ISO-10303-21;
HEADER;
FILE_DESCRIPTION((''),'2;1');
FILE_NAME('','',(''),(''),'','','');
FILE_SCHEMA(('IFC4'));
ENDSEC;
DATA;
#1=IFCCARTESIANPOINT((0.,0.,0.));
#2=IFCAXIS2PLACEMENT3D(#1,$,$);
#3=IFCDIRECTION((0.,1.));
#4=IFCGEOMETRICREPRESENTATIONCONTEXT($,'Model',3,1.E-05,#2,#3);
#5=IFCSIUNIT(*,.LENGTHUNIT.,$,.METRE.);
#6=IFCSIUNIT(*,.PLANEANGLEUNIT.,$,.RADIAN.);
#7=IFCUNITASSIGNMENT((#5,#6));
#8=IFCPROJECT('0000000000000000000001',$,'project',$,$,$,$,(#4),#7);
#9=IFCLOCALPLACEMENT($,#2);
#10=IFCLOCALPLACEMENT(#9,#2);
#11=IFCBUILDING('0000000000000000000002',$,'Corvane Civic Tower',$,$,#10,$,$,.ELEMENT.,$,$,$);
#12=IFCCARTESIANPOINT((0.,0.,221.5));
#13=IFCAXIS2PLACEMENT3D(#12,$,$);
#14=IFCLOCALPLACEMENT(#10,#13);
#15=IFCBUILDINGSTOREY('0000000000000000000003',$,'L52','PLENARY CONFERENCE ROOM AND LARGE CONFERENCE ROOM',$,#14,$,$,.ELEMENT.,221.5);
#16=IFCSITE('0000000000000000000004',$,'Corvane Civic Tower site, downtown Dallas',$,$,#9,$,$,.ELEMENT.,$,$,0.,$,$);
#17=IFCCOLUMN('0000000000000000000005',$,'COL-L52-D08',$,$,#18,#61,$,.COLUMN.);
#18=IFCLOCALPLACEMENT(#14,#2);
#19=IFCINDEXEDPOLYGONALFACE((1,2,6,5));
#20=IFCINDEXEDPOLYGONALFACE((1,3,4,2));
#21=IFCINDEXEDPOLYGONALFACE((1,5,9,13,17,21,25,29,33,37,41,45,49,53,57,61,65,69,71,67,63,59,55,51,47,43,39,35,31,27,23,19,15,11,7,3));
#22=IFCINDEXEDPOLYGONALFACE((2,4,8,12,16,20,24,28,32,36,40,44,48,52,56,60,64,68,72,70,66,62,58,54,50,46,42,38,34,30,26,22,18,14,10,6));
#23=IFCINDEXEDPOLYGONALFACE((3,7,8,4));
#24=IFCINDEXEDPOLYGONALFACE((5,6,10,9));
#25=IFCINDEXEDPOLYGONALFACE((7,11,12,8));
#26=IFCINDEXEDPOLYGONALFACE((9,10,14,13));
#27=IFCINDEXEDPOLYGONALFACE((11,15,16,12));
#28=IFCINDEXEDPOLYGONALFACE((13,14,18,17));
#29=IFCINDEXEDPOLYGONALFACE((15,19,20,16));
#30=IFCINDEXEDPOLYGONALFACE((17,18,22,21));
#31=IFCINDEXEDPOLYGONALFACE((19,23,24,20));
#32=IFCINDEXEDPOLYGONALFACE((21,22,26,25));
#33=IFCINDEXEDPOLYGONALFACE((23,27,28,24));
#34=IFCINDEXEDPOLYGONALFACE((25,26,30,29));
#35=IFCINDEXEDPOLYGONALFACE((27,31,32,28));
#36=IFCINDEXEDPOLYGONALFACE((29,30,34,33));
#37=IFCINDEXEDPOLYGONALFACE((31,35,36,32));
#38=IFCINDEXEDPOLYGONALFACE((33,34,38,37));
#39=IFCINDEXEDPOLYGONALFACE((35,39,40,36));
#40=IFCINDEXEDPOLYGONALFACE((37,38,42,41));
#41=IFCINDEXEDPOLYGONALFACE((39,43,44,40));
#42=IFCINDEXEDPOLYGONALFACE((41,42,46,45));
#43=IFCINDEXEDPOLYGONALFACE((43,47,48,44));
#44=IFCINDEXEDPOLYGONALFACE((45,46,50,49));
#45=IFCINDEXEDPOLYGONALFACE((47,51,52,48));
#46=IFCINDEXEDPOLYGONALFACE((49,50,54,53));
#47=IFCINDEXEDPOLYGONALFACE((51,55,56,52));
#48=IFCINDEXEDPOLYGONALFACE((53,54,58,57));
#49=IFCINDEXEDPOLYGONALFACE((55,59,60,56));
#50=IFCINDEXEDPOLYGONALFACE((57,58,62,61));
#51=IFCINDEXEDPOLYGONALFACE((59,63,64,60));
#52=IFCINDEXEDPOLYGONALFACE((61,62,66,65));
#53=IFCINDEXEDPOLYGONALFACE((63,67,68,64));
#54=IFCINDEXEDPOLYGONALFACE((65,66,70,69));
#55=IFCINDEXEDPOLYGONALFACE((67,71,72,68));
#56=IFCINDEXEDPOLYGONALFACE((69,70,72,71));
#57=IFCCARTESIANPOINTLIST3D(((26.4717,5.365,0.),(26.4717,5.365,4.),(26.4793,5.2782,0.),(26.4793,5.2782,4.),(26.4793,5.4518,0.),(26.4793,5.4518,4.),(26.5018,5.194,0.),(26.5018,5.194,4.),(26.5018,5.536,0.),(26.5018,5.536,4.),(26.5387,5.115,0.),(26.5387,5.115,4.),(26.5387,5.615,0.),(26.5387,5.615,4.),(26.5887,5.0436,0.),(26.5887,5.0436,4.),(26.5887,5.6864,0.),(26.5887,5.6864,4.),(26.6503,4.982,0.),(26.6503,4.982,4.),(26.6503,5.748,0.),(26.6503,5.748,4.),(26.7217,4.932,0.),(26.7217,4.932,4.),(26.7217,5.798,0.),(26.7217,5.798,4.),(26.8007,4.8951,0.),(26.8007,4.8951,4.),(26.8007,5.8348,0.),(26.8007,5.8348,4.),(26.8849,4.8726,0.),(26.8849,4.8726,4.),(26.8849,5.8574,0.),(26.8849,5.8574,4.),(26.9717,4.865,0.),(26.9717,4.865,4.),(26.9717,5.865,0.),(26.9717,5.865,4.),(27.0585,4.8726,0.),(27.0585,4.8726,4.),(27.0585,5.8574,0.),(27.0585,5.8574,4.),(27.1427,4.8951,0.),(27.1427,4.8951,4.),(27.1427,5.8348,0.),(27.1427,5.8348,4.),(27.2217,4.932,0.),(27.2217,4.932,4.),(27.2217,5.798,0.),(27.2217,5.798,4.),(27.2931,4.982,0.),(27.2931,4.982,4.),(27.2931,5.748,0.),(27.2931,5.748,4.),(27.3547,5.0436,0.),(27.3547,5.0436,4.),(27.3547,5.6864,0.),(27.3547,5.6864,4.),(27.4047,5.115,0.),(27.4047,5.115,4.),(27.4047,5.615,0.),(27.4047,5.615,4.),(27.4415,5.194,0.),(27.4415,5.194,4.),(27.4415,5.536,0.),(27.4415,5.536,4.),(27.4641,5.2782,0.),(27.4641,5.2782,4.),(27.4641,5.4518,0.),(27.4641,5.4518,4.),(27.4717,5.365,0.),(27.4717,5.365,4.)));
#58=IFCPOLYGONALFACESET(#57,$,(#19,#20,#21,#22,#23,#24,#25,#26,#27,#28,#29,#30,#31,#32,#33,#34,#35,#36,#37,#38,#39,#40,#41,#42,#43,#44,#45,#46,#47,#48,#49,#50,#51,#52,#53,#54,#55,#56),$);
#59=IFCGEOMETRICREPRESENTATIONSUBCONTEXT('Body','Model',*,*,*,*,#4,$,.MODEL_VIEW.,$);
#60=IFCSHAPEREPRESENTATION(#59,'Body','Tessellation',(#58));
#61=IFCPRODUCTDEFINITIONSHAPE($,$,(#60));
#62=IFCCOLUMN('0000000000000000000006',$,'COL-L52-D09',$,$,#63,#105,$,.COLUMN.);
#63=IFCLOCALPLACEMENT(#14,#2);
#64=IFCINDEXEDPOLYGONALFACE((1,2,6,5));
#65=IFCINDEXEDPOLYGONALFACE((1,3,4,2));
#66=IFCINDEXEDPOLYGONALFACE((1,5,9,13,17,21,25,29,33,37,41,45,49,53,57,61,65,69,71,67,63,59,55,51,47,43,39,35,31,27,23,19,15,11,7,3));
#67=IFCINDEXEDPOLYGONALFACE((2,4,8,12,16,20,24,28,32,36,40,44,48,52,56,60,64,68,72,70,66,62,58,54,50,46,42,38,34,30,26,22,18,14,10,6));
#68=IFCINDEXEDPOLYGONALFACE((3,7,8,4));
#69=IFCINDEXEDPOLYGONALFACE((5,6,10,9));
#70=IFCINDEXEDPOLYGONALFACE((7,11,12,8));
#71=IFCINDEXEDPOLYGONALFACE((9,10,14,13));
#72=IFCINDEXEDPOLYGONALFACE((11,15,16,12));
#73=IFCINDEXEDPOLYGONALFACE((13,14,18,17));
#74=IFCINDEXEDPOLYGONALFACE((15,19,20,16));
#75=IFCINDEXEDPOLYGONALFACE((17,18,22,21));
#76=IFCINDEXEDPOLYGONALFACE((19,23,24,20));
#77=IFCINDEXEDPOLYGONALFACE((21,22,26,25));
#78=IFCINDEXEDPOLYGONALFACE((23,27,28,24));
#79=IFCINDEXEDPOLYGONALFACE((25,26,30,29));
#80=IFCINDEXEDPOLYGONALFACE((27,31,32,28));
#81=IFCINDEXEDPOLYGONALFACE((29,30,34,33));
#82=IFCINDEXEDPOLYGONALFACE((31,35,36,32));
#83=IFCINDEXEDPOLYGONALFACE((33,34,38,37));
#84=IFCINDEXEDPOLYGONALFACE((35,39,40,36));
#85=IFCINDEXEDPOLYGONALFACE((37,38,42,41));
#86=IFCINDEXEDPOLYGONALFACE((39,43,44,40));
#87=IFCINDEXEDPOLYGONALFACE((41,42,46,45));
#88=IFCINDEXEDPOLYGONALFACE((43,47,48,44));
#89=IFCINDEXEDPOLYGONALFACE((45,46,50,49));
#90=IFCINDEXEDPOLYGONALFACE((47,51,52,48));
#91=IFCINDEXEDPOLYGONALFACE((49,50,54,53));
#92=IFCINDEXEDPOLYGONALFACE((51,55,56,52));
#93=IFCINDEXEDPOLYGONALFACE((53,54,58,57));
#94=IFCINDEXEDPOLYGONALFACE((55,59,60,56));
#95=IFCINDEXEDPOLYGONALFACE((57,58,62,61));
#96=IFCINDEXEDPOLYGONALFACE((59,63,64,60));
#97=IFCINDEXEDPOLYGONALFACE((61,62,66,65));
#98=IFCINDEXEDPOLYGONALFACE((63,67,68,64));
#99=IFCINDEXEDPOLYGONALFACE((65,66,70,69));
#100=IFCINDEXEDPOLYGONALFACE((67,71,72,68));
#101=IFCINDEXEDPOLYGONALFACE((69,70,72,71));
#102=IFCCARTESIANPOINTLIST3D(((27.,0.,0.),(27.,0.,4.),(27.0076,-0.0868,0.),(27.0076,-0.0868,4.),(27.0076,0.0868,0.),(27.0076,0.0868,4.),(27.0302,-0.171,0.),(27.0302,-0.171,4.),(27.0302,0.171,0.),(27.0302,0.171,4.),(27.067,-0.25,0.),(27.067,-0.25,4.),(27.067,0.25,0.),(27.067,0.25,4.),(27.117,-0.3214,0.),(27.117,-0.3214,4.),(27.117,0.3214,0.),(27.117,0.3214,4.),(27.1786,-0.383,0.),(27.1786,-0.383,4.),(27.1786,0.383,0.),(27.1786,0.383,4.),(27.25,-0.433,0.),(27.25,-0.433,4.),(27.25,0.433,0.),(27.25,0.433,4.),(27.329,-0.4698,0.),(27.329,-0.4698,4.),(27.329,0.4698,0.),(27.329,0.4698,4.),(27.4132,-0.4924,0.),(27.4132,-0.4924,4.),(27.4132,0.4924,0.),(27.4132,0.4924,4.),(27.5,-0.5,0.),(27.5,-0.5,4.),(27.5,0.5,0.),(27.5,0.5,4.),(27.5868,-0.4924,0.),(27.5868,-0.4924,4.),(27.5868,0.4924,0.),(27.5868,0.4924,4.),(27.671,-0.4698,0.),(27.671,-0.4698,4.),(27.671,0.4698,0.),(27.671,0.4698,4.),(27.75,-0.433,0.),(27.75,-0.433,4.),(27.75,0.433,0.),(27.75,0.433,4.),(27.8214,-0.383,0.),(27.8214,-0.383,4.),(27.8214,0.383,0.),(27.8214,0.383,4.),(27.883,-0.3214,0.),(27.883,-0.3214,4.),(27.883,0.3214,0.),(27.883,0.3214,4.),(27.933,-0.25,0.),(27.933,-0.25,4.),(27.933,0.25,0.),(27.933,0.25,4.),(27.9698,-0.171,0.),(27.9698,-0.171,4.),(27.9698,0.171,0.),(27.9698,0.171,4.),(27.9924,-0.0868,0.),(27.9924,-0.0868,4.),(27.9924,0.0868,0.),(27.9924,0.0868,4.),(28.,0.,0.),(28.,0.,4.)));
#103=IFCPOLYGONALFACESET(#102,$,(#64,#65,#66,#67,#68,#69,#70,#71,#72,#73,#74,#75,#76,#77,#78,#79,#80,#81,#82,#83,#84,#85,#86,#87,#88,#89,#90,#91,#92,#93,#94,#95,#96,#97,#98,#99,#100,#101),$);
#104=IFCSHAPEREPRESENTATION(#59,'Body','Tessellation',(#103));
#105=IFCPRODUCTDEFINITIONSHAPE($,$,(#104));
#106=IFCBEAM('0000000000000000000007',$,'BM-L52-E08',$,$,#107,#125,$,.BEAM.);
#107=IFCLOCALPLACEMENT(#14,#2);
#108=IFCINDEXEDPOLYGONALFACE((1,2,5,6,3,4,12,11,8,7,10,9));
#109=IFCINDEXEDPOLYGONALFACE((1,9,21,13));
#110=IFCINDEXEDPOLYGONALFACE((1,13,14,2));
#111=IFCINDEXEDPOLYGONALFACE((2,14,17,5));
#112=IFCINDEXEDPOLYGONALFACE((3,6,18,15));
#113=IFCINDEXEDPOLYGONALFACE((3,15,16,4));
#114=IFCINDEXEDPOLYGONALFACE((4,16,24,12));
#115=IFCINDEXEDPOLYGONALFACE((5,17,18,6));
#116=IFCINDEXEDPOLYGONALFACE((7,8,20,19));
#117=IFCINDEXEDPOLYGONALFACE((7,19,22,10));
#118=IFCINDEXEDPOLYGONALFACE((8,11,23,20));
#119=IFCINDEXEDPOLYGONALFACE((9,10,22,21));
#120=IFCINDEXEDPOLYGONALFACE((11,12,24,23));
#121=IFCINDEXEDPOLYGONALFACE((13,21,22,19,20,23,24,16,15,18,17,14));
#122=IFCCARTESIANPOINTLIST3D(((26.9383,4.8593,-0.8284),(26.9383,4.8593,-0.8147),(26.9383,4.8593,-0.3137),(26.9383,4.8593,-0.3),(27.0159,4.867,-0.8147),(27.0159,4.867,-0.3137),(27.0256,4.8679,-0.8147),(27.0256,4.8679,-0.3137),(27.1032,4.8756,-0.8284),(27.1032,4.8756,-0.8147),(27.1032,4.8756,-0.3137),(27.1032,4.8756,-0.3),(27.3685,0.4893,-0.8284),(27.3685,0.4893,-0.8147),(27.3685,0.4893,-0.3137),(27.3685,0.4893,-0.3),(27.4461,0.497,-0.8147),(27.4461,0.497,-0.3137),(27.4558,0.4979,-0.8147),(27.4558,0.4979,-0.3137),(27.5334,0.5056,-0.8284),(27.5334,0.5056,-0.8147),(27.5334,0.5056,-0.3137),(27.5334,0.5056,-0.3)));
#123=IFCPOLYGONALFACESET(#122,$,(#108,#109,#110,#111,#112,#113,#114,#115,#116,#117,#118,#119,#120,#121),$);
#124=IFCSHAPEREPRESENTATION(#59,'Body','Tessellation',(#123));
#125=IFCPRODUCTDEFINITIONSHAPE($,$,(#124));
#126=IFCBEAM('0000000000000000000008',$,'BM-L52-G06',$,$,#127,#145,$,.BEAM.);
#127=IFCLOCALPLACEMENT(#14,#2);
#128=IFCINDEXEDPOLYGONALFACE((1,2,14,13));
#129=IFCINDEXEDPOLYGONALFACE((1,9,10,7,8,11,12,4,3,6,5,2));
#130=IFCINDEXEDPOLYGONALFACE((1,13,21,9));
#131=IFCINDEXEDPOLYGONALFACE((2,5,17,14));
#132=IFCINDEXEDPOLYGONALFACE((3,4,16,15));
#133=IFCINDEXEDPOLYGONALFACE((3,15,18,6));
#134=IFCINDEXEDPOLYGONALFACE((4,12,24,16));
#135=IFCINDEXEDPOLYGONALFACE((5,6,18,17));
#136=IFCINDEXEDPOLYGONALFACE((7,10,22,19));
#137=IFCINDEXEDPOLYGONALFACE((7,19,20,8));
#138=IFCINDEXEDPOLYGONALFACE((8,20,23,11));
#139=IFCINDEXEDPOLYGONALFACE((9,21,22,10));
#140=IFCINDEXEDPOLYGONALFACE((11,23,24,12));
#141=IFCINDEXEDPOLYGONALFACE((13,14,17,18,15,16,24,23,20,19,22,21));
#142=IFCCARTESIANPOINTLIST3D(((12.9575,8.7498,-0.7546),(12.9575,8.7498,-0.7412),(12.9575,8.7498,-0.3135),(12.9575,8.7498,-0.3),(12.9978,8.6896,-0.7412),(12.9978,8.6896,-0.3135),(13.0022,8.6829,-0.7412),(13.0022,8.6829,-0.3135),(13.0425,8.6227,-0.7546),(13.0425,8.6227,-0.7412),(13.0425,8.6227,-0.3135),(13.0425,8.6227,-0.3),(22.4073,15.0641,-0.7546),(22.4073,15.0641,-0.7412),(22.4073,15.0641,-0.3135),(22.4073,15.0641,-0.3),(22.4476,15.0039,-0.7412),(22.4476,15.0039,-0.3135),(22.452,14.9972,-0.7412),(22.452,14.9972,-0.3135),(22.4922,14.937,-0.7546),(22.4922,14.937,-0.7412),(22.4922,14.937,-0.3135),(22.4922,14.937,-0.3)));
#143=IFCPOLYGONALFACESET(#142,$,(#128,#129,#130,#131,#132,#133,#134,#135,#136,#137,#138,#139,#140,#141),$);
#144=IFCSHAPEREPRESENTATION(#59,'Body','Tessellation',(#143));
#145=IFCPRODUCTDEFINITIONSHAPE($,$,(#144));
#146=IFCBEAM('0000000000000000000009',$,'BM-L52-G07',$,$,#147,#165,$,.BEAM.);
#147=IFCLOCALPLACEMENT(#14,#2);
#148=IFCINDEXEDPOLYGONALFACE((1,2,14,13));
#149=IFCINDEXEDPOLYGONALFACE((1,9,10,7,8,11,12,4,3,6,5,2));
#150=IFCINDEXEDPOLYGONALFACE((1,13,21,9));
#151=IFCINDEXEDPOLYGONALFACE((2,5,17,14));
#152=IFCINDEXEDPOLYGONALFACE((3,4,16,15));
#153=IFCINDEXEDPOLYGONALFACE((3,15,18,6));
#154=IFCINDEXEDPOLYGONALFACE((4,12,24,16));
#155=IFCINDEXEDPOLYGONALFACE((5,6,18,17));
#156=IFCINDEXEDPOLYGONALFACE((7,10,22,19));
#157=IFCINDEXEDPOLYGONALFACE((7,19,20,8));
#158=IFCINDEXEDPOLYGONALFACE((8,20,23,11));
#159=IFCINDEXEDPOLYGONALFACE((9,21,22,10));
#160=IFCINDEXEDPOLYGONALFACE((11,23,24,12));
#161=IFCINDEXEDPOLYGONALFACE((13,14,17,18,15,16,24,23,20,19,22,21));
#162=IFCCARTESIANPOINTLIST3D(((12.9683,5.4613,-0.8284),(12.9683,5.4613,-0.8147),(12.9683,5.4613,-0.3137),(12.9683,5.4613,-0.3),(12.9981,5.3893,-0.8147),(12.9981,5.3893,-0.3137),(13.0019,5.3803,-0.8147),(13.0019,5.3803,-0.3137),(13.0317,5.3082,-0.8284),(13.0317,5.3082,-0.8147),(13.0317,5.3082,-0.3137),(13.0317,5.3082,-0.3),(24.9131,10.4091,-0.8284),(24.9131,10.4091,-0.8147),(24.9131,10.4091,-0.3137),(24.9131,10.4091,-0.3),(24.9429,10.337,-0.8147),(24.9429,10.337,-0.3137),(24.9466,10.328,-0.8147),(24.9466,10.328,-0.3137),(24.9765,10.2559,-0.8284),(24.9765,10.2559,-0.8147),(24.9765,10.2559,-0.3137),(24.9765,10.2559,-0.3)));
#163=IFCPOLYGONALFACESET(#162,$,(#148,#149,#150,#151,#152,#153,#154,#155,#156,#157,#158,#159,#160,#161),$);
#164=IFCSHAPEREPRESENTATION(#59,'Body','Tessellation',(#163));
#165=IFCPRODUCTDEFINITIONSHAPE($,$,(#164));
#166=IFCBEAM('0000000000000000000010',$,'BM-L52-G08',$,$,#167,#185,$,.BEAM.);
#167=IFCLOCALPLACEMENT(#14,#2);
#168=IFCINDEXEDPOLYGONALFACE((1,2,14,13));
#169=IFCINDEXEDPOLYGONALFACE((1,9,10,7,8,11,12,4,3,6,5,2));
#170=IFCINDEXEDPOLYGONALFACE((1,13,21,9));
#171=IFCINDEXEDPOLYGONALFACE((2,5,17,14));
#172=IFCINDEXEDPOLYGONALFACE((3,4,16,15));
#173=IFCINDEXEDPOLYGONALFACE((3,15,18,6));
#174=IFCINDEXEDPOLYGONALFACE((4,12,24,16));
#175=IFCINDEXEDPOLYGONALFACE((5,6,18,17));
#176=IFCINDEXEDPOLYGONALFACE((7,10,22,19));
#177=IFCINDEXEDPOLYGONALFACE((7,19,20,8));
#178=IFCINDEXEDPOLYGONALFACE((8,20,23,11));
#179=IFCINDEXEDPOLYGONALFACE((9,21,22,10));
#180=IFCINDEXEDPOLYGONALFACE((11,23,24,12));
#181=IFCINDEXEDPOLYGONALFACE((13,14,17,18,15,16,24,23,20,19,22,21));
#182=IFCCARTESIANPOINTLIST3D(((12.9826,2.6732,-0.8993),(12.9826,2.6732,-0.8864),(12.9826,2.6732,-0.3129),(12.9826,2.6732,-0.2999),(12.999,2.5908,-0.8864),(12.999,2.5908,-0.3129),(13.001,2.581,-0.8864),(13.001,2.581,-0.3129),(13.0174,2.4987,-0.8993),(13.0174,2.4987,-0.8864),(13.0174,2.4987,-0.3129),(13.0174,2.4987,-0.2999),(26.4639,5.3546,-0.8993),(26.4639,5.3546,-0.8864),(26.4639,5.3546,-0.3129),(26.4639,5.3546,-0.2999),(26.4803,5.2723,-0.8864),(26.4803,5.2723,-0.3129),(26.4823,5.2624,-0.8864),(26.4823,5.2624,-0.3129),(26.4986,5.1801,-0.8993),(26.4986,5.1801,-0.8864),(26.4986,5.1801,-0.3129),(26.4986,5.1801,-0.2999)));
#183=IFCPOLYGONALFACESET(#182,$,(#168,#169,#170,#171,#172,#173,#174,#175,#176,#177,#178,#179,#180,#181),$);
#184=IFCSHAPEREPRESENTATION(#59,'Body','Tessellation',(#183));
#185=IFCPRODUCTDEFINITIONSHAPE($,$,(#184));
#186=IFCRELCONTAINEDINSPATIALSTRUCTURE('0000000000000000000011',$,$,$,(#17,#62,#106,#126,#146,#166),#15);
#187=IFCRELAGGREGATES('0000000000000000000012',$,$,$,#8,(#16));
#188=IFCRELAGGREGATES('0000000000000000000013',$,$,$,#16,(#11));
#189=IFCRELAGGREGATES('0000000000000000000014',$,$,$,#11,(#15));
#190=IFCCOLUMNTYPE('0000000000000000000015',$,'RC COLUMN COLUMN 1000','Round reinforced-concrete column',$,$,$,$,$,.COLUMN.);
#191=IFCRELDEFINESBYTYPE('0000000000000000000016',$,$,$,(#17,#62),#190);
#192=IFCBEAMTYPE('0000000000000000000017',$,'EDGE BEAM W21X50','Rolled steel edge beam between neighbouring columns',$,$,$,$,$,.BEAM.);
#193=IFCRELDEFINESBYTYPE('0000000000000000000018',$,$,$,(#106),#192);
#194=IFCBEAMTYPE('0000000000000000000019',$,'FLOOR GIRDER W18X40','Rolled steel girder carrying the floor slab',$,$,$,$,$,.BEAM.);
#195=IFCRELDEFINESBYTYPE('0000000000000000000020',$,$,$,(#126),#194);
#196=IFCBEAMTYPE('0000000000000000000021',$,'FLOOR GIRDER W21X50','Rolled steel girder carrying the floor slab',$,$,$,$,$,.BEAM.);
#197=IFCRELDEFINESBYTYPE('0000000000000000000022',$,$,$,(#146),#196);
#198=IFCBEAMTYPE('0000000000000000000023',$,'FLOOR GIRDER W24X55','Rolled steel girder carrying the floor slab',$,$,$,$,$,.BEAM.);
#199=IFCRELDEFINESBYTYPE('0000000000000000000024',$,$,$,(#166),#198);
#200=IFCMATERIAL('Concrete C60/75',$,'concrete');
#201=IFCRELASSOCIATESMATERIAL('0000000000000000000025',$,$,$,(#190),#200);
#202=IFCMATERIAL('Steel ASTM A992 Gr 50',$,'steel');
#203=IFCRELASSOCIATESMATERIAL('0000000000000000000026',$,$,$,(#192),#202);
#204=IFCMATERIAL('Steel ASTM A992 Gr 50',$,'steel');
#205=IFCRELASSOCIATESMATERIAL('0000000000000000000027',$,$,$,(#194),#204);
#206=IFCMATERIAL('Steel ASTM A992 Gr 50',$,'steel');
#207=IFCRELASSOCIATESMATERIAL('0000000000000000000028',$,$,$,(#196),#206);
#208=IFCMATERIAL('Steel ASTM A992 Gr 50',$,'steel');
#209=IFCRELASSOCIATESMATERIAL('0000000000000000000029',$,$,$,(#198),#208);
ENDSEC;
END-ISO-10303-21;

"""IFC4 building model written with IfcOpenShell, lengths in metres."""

from ifc_helpers import new_model, si_unit, direction, frame, origin, origin_2d, place, context, subcontext, project, spatial, circle, i_section, extrude, material, material_profile, profile_set, type_object, element, save


model = new_model("IFC4")

# Units and contexts
model_context = context("Model", 3, precision=1e-05, world=origin(), true_north=direction((0.0, 1.0)))
body_context = subcontext(model_context, "Body", "Model", "MODEL_VIEW")
ifc_project = project(units=[si_unit("LENGTHUNIT", "METRE"), si_unit("PLANEANGLEUNIT", "RADIAN")], contexts=[model_context])

# Site, building, storey
site_placement = place(None, origin())
site = spatial("IfcSite", under=ifc_project, at=site_placement, Name="Corvane Civic Tower site, downtown Dallas", CompositionType="ELEMENT", RefElevation=0.0)
building_placement = place(site_placement, origin())
building = spatial("IfcBuilding", under=site, at=building_placement, Name="Corvane Civic Tower", CompositionType="ELEMENT")
storey_placement = place(building_placement, frame((0.0, 0.0, 221.5)))
storey = spatial("IfcBuildingStorey", under=building, at=storey_placement, Name="L52", Description="PLENARY CONFERENCE ROOM AND LARGE CONFERENCE ROOM", CompositionType="ELEMENT", Elevation=221.5)

# Columns
ifc_material_1 = material(Name="Concrete C60/75", Category="concrete")
ifc_material_profile_1 = material_profile(ifc_material_1, circle(Radius=0.5, at=origin_2d()), Name="COLUMN 1000")
ifc_profile_set_1 = profile_set([ifc_material_profile_1], Name="Concrete C60/75")
column_type = type_object("IfcColumnType", Name="RC COLUMN COLUMN 1000", Description="Round reinforced-concrete column", PredefinedType="COLUMN", material=ifc_profile_set_1)
for number, where, z_axis, x_axis, name in (
    (1, (26.9717, 5.365, 0.0), (0.0, 0.0, 1.0), (1.0, 0.0, 0.0), "COL-L52-D08"),
    (2, (27.5, 0.0, 0.0), (0.0, 0.0, 1.0), (1.0, 0.0, 0.0), "COL-L52-D09"),
):
    element("IfcColumn", number, at=place(storey_placement, frame(where, z_axis=z_axis, x_axis=x_axis)), inside=storey, type_object=column_type, Name=name, PredefinedType="COLUMN", context=body_context, shape_type="SweptSolid", body=[
        extrude(circle(Radius=0.5, at=origin_2d()), origin(), (0.0, 0.0, 1.0), 4.0),
    ])

# Beams
ifc_material_2 = material(Name="Steel ASTM A992 Gr 50", Category="steel")
ifc_material_profile_2 = material_profile(ifc_material_2, i_section(OverallWidth=0.1658, OverallDepth=0.5283, WebThickness=0.0098, FlangeThickness=0.0137, at=origin_2d()), Name="W21X50")
ifc_profile_set_2 = profile_set([ifc_material_profile_2], Name="Steel ASTM A992 Gr 50")
beam_type_1 = type_object("IfcBeamType", Name="EDGE BEAM W21X50", Description="Rolled steel edge beam between neighbouring columns", PredefinedType="BEAM", material=ifc_profile_set_2)
beam_1_placement = place(storey_placement, frame((27.0208, 4.8674, -0.5642), z_axis=(0.097968, -0.99519, 0.0), x_axis=(0.99519, 0.097968, 0.0)))
element("IfcBeam", 3, at=beam_1_placement, inside=storey, type_object=beam_type_1, Name="BM-L52-E08", PredefinedType="BEAM", context=body_context, shape_type="SweptSolid", body=[
    extrude(i_section(OverallWidth=0.1658, OverallDepth=0.5283, WebThickness=0.0098, FlangeThickness=0.0137, at=origin_2d()), origin(), (0.0, 0.0, 1.0), 4.3911),
])
ifc_material_3 = material(Name="Steel ASTM A992 Gr 50", Category="steel")
ifc_material_profile_3 = material_profile(ifc_material_3, i_section(OverallWidth=0.1528, OverallDepth=0.4546, WebThickness=0.0081, FlangeThickness=0.0134, at=origin_2d()), Name="W18X40")
ifc_profile_set_3 = profile_set([ifc_material_profile_3], Name="Steel ASTM A992 Gr 50")
beam_type_2 = type_object("IfcBeamType", Name="FLOOR GIRDER W18X40", Description="Rolled steel girder carrying the floor slab", PredefinedType="BEAM", material=ifc_profile_set_3)
beam_2_placement = place(storey_placement, frame((13.0, 8.6863, -0.5273), z_axis=(0.831465, 0.555577, 0.0), x_axis=(-0.555577, 0.831465, 0.0)))
element("IfcBeam", 4, at=beam_2_placement, inside=storey, type_object=beam_type_2, Name="BM-L52-G06", PredefinedType="BEAM", context=body_context, shape_type="SweptSolid", body=[
    extrude(i_section(OverallWidth=0.1528, OverallDepth=0.4546, WebThickness=0.0081, FlangeThickness=0.0134, at=origin_2d()), origin(), (0.0, 0.0, 1.0), 11.3652),
])
ifc_material_4 = material(Name="Steel ASTM A992 Gr 50", Category="steel")
ifc_material_profile_4 = material_profile(ifc_material_4, i_section(OverallWidth=0.1658, OverallDepth=0.5283, WebThickness=0.0098, FlangeThickness=0.0137, at=origin_2d()), Name="W21X50")
ifc_profile_set_4 = profile_set([ifc_material_profile_4], Name="Steel ASTM A992 Gr 50")
beam_type_3 = type_object("IfcBeamType", Name="FLOOR GIRDER W21X50", Description="Rolled steel girder carrying the floor slab", PredefinedType="BEAM", material=ifc_profile_set_4)
beam_3_placement = place(storey_placement, frame((13.0, 5.3848, -0.5642), z_axis=(0.923878, 0.382686, 0.0), x_axis=(-0.382686, 0.923878, 0.0)))
element("IfcBeam", 5, at=beam_3_placement, inside=storey, type_object=beam_type_3, Name="BM-L52-G07", PredefinedType="BEAM", context=body_context, shape_type="SweptSolid", body=[
    extrude(i_section(OverallWidth=0.1658, OverallDepth=0.5283, WebThickness=0.0098, FlangeThickness=0.0137, at=origin_2d()), origin(), (0.0, 0.0, 1.0), 12.929),
])
ifc_material_5 = material(Name="Steel ASTM A992 Gr 50", Category="steel")
ifc_material_profile_5 = material_profile(ifc_material_5, i_section(OverallWidth=0.178, OverallDepth=0.5994, WebThickness=0.01, FlangeThickness=0.0129, at=origin_2d()), Name="W24X55")
ifc_profile_set_5 = profile_set([ifc_material_profile_5], Name="Steel ASTM A992 Gr 50")
beam_type_4 = type_object("IfcBeamType", Name="FLOOR GIRDER W24X55", Description="Rolled steel girder carrying the floor slab", PredefinedType="BEAM", material=ifc_profile_set_5)
beam_4_placement = place(storey_placement, frame((13.0, 2.5859, -0.5996), z_axis=(0.980788, 0.195078, 0.0), x_axis=(-0.195078, 0.980788, 0.0)))
element("IfcBeam", 6, at=beam_4_placement, inside=storey, type_object=beam_type_4, Name="BM-L52-G08", PredefinedType="BEAM", context=body_context, shape_type="SweptSolid", body=[
    extrude(i_section(OverallWidth=0.178, OverallDepth=0.5994, WebThickness=0.01, FlangeThickness=0.0129, at=origin_2d()), origin(), (0.0, 0.0, 1.0), 13.7454),
])

save(model, "model.ifc")
